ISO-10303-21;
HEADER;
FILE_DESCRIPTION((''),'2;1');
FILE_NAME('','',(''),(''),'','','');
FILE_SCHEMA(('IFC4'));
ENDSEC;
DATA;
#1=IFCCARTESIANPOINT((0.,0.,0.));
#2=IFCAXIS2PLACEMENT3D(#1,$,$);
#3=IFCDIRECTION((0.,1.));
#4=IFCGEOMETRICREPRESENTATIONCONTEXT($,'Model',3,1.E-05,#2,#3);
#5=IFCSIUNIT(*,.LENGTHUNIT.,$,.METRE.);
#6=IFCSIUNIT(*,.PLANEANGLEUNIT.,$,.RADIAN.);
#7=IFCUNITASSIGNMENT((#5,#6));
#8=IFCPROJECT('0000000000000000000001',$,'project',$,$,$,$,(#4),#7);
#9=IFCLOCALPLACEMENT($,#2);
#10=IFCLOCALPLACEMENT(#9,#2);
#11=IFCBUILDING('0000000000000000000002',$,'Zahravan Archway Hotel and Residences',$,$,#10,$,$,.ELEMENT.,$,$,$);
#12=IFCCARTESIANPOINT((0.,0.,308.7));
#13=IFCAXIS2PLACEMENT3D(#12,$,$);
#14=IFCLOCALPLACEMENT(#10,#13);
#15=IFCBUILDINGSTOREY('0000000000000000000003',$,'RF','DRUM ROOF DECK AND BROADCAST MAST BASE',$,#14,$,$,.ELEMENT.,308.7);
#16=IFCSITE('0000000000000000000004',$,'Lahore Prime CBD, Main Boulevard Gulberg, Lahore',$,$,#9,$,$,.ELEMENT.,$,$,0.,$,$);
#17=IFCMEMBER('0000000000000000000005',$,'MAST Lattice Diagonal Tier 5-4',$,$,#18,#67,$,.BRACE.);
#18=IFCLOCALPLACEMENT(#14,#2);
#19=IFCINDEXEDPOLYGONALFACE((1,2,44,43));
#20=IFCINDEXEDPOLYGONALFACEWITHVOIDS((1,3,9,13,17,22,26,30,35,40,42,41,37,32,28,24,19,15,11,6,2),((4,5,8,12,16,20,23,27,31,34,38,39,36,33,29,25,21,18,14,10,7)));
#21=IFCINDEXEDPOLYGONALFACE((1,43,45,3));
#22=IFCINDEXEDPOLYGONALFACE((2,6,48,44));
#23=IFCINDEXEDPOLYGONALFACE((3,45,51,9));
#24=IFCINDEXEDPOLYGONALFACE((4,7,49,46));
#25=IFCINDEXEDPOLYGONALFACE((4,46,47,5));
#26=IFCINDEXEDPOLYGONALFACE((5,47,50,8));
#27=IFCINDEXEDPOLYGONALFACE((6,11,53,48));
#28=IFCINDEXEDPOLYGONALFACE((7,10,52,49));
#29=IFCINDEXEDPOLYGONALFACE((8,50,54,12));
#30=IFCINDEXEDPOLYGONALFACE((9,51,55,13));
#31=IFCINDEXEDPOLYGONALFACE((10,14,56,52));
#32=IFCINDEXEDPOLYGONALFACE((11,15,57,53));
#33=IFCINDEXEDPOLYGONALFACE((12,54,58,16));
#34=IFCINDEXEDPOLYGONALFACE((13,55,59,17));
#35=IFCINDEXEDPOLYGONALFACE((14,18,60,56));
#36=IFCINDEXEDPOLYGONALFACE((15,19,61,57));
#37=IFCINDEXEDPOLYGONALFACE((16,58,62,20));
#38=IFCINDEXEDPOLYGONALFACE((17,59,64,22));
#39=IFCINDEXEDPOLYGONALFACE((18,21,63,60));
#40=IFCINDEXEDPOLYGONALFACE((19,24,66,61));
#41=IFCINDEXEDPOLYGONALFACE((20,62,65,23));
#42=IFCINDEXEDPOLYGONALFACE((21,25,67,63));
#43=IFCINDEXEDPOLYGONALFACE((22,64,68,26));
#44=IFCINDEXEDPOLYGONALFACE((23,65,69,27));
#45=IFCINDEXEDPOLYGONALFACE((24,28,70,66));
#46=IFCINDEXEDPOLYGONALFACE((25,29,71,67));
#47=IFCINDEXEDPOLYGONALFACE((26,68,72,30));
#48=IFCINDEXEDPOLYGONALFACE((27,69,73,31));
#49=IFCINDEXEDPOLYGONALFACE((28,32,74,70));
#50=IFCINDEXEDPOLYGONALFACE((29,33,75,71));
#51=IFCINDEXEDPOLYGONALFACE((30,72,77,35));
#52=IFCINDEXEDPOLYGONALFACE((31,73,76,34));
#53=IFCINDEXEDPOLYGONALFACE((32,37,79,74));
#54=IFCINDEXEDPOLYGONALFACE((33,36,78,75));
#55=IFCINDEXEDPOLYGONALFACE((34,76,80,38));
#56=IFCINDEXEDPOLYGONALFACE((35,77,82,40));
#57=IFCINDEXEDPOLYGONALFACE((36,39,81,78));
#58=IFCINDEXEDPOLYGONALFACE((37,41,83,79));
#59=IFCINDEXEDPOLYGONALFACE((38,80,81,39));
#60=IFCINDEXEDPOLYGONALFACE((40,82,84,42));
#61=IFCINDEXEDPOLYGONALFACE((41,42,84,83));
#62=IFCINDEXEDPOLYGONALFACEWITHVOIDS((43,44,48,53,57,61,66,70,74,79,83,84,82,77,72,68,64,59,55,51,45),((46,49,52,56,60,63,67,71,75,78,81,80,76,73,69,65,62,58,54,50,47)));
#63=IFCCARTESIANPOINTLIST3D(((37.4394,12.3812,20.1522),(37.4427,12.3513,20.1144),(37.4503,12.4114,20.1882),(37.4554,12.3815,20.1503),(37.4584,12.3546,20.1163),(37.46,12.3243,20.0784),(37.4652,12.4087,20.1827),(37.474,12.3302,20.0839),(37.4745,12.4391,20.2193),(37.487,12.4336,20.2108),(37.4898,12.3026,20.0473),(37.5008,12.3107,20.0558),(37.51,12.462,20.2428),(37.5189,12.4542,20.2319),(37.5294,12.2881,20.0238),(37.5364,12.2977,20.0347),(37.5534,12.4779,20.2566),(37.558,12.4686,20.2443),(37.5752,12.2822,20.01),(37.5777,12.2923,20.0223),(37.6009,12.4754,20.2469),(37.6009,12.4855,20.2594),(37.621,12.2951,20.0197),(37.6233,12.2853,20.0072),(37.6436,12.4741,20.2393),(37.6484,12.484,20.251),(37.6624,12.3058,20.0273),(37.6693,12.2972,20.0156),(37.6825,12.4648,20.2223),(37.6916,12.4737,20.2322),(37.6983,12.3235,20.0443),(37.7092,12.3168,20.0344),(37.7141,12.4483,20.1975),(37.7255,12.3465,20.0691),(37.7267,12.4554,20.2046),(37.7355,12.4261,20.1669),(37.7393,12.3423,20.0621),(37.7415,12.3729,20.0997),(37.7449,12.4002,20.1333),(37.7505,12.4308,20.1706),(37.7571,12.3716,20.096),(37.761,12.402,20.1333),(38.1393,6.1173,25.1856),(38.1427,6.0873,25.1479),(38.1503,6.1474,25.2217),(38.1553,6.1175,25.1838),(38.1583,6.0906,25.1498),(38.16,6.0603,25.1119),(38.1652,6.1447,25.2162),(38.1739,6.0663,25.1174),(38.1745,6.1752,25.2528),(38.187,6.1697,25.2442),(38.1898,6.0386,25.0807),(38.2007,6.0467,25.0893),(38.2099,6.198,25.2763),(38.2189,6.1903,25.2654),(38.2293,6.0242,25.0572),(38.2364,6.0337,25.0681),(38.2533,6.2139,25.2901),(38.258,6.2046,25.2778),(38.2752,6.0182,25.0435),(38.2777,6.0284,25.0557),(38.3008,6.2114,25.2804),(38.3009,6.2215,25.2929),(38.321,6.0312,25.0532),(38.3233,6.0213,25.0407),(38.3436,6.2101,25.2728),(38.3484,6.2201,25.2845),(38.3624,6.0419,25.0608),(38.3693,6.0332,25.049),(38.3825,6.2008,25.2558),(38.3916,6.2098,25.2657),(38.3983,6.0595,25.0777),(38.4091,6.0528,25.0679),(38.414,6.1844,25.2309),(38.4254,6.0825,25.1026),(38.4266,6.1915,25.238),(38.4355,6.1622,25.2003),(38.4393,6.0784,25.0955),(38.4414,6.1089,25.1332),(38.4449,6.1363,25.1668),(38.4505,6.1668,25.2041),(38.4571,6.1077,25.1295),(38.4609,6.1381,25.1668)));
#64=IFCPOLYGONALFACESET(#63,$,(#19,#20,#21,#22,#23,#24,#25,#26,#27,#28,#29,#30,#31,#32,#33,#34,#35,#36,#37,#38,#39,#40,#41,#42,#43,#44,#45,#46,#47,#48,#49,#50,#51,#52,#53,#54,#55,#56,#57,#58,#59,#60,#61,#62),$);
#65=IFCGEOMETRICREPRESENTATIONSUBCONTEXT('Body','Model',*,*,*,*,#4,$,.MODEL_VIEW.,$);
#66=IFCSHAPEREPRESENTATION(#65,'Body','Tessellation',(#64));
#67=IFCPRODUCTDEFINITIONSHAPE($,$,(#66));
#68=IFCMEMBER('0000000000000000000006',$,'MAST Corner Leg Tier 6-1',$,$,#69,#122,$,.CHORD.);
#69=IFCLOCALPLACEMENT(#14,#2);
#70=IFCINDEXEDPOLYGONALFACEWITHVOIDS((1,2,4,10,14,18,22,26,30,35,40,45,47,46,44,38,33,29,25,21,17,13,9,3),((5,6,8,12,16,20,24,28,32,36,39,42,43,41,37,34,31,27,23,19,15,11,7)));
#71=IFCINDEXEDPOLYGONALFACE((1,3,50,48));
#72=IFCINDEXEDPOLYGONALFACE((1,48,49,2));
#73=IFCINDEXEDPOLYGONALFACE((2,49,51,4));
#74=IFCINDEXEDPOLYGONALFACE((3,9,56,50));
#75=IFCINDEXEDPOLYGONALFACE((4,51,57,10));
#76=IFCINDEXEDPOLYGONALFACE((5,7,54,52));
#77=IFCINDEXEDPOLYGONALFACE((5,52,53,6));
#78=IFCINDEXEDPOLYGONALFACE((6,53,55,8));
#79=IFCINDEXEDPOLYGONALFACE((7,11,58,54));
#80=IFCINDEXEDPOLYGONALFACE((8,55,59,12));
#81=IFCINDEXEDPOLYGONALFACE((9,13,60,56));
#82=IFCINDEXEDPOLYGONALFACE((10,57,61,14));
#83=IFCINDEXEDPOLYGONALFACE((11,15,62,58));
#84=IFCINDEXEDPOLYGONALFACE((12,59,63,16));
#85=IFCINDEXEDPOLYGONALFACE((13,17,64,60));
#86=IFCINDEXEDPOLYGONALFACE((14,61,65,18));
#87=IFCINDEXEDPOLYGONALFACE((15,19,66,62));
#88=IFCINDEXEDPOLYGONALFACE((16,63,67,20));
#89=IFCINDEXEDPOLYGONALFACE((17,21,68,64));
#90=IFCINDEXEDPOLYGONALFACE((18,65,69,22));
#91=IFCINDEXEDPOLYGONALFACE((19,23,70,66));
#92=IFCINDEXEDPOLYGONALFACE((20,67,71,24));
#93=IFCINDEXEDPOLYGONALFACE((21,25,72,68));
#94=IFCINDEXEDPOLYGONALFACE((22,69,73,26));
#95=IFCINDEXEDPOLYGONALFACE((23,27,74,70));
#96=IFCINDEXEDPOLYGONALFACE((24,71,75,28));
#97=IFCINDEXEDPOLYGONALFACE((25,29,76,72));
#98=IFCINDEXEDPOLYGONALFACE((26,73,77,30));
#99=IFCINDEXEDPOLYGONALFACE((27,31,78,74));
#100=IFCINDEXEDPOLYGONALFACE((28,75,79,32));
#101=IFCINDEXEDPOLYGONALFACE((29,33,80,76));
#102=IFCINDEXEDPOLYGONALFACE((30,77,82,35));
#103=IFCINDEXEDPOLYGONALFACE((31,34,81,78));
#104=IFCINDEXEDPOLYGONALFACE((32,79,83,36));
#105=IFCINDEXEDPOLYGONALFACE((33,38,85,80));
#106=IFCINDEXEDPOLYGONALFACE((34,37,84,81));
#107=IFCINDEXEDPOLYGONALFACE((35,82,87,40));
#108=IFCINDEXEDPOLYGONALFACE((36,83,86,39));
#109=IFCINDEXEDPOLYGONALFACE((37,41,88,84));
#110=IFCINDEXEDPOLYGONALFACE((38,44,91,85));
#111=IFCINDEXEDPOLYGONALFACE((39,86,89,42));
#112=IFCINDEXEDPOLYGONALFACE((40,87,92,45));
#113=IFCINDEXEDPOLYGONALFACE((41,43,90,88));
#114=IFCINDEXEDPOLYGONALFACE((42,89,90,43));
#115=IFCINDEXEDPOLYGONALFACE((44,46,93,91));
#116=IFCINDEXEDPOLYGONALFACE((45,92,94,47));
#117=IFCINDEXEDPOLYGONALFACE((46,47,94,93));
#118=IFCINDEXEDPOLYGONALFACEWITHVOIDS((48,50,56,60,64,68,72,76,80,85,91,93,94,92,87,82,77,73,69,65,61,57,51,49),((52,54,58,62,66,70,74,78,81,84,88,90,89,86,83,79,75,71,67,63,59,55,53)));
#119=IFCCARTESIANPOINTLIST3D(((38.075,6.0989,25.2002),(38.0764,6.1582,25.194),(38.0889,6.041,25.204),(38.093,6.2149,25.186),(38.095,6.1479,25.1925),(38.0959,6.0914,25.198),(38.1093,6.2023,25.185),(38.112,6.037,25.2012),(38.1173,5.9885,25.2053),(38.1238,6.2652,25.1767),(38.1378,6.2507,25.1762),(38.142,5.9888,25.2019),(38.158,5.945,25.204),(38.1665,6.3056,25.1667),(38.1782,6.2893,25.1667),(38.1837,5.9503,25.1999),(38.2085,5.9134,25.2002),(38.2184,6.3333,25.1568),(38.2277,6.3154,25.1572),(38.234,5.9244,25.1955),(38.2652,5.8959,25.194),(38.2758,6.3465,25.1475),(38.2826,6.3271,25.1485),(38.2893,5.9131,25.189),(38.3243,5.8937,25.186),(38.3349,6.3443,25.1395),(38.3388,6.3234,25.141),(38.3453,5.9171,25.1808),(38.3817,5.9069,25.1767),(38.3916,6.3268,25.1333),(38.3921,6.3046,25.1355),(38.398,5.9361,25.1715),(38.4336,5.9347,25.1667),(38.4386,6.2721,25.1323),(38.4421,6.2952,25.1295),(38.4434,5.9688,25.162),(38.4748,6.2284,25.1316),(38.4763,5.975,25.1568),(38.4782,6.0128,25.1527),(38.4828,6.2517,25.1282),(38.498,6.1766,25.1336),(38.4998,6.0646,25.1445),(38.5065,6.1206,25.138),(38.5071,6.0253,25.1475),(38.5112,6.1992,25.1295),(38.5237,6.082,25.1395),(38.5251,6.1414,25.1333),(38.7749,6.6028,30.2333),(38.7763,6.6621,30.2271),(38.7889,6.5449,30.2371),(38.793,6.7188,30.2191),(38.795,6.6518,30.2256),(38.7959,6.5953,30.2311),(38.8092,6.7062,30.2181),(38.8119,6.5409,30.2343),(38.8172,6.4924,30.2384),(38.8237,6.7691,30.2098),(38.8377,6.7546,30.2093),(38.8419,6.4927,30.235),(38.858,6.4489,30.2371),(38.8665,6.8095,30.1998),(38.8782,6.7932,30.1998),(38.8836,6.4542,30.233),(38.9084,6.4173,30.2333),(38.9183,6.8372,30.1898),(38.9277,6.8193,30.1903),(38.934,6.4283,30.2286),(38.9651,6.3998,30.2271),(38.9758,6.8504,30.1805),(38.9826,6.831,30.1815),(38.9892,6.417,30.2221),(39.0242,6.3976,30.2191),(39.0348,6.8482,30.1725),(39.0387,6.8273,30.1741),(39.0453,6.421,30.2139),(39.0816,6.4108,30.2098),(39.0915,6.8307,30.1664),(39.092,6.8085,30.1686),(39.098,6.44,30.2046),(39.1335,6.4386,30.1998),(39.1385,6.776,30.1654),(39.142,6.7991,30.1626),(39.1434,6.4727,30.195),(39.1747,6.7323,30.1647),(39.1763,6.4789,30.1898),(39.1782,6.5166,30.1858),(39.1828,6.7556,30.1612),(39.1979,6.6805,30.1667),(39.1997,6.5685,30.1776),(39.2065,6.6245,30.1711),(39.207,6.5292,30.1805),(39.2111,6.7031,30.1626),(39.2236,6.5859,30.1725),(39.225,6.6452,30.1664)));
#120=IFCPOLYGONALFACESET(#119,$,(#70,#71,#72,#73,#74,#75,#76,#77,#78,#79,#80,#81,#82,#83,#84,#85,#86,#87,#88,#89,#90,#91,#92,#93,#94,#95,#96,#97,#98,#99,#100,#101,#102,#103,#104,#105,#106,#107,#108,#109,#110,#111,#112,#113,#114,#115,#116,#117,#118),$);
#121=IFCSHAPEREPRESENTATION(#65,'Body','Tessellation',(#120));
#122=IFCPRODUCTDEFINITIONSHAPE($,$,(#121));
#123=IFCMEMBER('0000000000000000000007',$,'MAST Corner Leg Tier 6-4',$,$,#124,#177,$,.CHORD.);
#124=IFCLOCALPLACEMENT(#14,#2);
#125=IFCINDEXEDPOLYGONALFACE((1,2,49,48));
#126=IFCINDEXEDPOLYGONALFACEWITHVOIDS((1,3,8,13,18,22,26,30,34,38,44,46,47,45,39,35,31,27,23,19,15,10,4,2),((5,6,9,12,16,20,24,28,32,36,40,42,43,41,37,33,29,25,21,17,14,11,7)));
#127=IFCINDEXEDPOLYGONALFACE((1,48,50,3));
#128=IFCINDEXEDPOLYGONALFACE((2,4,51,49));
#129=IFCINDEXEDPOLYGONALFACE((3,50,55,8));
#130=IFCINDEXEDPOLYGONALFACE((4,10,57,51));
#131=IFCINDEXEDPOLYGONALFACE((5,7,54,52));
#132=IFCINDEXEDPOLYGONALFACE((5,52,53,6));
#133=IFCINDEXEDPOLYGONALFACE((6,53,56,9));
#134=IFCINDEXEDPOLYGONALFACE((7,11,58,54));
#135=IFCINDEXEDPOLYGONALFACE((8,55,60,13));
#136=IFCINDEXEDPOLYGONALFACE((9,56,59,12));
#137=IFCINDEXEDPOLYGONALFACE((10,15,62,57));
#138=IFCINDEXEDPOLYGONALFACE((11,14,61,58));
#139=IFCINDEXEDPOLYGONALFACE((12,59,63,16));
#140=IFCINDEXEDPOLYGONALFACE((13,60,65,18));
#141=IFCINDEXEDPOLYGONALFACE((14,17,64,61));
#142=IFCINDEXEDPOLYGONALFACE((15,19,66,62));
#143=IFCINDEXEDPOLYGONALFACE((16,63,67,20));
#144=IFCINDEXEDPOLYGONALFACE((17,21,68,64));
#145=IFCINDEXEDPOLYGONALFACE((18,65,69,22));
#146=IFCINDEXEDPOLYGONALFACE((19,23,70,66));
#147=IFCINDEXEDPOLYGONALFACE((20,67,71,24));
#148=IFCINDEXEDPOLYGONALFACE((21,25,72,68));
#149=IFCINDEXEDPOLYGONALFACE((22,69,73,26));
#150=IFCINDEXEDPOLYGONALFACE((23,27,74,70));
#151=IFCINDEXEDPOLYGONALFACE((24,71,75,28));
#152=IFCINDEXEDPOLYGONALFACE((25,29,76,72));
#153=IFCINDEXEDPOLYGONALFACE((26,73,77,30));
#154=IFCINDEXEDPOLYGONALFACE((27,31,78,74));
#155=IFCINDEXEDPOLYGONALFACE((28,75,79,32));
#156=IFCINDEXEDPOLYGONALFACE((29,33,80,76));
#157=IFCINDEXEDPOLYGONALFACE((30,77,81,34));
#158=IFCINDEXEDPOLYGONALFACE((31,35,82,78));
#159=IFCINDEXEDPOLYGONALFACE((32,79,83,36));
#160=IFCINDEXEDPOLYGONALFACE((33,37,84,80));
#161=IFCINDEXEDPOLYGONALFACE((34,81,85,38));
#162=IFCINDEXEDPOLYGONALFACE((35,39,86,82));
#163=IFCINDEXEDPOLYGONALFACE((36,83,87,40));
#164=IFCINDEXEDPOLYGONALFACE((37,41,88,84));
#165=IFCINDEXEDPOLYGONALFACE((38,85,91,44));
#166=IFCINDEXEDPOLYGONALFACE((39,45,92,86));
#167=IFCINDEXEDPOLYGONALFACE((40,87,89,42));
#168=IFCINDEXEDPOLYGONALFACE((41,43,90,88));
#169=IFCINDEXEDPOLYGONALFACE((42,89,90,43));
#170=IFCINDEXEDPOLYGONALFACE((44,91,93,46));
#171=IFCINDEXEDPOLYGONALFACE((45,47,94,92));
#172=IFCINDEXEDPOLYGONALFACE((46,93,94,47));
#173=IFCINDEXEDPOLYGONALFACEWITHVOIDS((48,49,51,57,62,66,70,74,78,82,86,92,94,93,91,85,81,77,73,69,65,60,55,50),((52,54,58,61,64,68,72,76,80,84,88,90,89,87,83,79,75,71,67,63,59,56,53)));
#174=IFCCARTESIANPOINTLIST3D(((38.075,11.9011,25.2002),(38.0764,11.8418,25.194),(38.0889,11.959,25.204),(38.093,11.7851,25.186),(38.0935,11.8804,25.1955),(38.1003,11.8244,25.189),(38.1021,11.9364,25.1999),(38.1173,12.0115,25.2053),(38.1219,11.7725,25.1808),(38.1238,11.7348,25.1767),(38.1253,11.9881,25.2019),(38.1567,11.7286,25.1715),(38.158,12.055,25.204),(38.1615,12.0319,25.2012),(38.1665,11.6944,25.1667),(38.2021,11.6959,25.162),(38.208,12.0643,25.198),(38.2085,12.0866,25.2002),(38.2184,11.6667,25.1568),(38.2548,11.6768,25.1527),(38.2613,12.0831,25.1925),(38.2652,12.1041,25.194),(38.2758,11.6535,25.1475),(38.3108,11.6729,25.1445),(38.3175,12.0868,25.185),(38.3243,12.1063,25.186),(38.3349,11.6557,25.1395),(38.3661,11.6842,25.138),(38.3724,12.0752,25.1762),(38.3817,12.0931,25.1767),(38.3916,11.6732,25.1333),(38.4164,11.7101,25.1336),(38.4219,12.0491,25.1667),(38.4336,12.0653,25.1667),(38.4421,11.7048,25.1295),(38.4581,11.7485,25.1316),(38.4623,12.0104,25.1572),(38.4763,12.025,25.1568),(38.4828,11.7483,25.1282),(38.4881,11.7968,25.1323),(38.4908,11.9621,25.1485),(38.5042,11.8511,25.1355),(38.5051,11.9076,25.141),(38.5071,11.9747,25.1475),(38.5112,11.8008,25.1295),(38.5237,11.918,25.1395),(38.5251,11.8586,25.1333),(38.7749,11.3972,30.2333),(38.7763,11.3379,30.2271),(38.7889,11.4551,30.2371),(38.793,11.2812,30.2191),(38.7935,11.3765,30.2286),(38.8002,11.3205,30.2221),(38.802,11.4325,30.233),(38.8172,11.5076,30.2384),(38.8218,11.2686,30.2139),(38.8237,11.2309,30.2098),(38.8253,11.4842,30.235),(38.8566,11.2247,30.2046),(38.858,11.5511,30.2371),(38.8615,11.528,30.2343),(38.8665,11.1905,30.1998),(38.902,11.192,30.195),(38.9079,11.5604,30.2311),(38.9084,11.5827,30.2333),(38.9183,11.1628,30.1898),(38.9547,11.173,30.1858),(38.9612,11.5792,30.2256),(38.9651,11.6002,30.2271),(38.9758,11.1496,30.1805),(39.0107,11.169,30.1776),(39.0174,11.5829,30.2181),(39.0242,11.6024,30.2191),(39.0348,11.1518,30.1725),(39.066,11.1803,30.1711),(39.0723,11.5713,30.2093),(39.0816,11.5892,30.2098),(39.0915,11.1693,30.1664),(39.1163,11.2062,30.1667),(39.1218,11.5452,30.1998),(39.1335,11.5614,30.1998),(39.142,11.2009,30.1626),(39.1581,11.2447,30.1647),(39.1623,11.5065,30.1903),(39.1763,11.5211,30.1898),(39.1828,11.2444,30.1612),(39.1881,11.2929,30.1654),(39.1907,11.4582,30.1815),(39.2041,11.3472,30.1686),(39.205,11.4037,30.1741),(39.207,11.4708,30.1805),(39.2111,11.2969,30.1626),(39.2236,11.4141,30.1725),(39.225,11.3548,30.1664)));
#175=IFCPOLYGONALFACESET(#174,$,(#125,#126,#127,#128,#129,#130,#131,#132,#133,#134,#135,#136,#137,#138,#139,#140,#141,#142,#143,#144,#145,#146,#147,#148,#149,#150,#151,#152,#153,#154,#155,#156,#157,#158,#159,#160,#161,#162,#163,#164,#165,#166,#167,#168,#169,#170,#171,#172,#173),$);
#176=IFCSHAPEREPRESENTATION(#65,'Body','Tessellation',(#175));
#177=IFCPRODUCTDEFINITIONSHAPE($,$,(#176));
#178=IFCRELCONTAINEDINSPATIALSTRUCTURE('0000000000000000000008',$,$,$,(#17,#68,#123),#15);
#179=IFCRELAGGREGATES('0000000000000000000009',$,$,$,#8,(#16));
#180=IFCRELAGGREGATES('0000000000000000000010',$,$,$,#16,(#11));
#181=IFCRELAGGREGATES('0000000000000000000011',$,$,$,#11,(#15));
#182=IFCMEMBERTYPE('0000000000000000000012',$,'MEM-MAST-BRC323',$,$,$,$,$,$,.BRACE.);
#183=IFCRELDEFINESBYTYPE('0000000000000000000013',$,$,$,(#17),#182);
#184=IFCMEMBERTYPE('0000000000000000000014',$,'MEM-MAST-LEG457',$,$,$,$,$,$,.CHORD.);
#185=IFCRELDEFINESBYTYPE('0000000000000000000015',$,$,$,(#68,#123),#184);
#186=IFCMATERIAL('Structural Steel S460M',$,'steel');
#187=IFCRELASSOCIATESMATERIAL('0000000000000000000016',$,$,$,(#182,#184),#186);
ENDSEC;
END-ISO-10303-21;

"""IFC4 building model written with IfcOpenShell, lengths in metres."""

from ifc_helpers import new_model, si_unit, direction, frame, origin, origin_2d, place, context, subcontext, project, spatial, hollow_circle, extrude, source, transform, mapped, material, material_profile, profile_set, type_object, type_shapes, element, save


model = new_model("IFC4")

# Units and contexts
model_context = context("Model", 3, precision=1e-05, world=origin(), true_north=direction((0.0, 1.0)))
body_context = subcontext(model_context, "Body", "Model", "MODEL_VIEW")
ifc_project = project(units=[si_unit("LENGTHUNIT", "METRE"), si_unit("PLANEANGLEUNIT", "RADIAN")], contexts=[model_context])

# Site, building, storey
site_placement = place(None, origin())
site = spatial("IfcSite", under=ifc_project, at=site_placement, Name="Lahore Prime CBD, Main Boulevard Gulberg, Lahore", CompositionType="ELEMENT", RefElevation=0.0)
building_placement = place(site_placement, origin())
building = spatial("IfcBuilding", under=site, at=building_placement, Name="Zahravan Archway Hotel and Residences", CompositionType="ELEMENT")
storey_placement = place(building_placement, frame((0.0, 0.0, 308.7)))
storey = spatial("IfcBuildingStorey", under=building, at=storey_placement, Name="RF", Description="DRUM ROOF DECK AND BROADCAST MAST BASE", CompositionType="ELEMENT", Elevation=308.7)

# Members
ifc_material_1 = material(Name="Structural Steel S460M", Category="steel")
ifc_material_profile_1 = material_profile(ifc_material_1, hollow_circle(Radius=0.1619, WallThickness=0.0161, at=origin_2d()), Name="CHS 323.9x16", Category="steel")
ifc_profile_set_1 = profile_set([ifc_material_profile_1], Name="Structural Steel S460M")
member_type_1 = type_object("IfcMemberType", Name="MEM-MAST-BRC323", PredefinedType="BRACE", material=ifc_profile_set_1)
shared_shape_1 = source(origin(), body_context, "Body", "SweptSolid", [
    extrude(hollow_circle(Radius=0.1619, WallThickness=0.0161, at=origin_2d()), origin(), (0.0, 0.0, 1.0), 8.0662),
])
member_1_placement = place(storey_placement, frame((37.6001, 12.384, 20.1333), z_axis=(0.086777, -0.776572, 0.624024), x_axis=(0.993815, 0.111052, 0.0)))
element("IfcMember", 1, at=member_1_placement, inside=storey, type_object=member_type_1, Name="MAST Lattice Diagonal Tier 5-4", PredefinedType="BRACE", context=body_context, shape_type="MappedRepresentation", body=[
    mapped(shared_shape_1, transform((0.0, 0.0, 0.0), scale=1.0)),
])
ifc_material_profile_2 = material_profile(ifc_material_1, hollow_circle(Radius=0.2285, WallThickness=0.02, at=origin_2d()), Name="CHS 457x20", Category="steel")
ifc_profile_set_2 = profile_set([ifc_material_profile_2], Name="Structural Steel S460M")
member_type_2 = type_object("IfcMemberType", Name="MEM-MAST-LEG457", PredefinedType="CHORD", material=ifc_profile_set_2)
shared_shape_2 = source(origin(), body_context, "Body", "SweptSolid", [
    extrude(hollow_circle(Radius=0.2285, WallThickness=0.02, at=origin_2d()), origin(), (0.0, 0.0, 1.0), 5.1064),
])
type_shapes(member_type_2, [shared_shape_2])
for number, where, z_axis, x_axis, name in (
    (2, (38.3, 6.1201, 25.1667), (0.137069, 0.098678, 0.985634), (-0.58426, 0.811567, 0.0), "MAST Corner Leg Tier 6-1"),
    (3, (38.3, 11.8799, 25.1667), (0.137069, -0.098678, 0.985634), (0.58426, 0.811567, 0.0), "MAST Corner Leg Tier 6-4"),
):
    element("IfcMember", number, at=place(storey_placement, frame(where, z_axis=z_axis, x_axis=x_axis)), inside=storey, type_object=member_type_2, Name=name, PredefinedType="CHORD", context=body_context, shape_type="MappedRepresentation", body=[
        mapped(shared_shape_2, transform((0.0, 0.0, 0.0), scale=1.0)),
    ])

save(model, "model.ifc")
